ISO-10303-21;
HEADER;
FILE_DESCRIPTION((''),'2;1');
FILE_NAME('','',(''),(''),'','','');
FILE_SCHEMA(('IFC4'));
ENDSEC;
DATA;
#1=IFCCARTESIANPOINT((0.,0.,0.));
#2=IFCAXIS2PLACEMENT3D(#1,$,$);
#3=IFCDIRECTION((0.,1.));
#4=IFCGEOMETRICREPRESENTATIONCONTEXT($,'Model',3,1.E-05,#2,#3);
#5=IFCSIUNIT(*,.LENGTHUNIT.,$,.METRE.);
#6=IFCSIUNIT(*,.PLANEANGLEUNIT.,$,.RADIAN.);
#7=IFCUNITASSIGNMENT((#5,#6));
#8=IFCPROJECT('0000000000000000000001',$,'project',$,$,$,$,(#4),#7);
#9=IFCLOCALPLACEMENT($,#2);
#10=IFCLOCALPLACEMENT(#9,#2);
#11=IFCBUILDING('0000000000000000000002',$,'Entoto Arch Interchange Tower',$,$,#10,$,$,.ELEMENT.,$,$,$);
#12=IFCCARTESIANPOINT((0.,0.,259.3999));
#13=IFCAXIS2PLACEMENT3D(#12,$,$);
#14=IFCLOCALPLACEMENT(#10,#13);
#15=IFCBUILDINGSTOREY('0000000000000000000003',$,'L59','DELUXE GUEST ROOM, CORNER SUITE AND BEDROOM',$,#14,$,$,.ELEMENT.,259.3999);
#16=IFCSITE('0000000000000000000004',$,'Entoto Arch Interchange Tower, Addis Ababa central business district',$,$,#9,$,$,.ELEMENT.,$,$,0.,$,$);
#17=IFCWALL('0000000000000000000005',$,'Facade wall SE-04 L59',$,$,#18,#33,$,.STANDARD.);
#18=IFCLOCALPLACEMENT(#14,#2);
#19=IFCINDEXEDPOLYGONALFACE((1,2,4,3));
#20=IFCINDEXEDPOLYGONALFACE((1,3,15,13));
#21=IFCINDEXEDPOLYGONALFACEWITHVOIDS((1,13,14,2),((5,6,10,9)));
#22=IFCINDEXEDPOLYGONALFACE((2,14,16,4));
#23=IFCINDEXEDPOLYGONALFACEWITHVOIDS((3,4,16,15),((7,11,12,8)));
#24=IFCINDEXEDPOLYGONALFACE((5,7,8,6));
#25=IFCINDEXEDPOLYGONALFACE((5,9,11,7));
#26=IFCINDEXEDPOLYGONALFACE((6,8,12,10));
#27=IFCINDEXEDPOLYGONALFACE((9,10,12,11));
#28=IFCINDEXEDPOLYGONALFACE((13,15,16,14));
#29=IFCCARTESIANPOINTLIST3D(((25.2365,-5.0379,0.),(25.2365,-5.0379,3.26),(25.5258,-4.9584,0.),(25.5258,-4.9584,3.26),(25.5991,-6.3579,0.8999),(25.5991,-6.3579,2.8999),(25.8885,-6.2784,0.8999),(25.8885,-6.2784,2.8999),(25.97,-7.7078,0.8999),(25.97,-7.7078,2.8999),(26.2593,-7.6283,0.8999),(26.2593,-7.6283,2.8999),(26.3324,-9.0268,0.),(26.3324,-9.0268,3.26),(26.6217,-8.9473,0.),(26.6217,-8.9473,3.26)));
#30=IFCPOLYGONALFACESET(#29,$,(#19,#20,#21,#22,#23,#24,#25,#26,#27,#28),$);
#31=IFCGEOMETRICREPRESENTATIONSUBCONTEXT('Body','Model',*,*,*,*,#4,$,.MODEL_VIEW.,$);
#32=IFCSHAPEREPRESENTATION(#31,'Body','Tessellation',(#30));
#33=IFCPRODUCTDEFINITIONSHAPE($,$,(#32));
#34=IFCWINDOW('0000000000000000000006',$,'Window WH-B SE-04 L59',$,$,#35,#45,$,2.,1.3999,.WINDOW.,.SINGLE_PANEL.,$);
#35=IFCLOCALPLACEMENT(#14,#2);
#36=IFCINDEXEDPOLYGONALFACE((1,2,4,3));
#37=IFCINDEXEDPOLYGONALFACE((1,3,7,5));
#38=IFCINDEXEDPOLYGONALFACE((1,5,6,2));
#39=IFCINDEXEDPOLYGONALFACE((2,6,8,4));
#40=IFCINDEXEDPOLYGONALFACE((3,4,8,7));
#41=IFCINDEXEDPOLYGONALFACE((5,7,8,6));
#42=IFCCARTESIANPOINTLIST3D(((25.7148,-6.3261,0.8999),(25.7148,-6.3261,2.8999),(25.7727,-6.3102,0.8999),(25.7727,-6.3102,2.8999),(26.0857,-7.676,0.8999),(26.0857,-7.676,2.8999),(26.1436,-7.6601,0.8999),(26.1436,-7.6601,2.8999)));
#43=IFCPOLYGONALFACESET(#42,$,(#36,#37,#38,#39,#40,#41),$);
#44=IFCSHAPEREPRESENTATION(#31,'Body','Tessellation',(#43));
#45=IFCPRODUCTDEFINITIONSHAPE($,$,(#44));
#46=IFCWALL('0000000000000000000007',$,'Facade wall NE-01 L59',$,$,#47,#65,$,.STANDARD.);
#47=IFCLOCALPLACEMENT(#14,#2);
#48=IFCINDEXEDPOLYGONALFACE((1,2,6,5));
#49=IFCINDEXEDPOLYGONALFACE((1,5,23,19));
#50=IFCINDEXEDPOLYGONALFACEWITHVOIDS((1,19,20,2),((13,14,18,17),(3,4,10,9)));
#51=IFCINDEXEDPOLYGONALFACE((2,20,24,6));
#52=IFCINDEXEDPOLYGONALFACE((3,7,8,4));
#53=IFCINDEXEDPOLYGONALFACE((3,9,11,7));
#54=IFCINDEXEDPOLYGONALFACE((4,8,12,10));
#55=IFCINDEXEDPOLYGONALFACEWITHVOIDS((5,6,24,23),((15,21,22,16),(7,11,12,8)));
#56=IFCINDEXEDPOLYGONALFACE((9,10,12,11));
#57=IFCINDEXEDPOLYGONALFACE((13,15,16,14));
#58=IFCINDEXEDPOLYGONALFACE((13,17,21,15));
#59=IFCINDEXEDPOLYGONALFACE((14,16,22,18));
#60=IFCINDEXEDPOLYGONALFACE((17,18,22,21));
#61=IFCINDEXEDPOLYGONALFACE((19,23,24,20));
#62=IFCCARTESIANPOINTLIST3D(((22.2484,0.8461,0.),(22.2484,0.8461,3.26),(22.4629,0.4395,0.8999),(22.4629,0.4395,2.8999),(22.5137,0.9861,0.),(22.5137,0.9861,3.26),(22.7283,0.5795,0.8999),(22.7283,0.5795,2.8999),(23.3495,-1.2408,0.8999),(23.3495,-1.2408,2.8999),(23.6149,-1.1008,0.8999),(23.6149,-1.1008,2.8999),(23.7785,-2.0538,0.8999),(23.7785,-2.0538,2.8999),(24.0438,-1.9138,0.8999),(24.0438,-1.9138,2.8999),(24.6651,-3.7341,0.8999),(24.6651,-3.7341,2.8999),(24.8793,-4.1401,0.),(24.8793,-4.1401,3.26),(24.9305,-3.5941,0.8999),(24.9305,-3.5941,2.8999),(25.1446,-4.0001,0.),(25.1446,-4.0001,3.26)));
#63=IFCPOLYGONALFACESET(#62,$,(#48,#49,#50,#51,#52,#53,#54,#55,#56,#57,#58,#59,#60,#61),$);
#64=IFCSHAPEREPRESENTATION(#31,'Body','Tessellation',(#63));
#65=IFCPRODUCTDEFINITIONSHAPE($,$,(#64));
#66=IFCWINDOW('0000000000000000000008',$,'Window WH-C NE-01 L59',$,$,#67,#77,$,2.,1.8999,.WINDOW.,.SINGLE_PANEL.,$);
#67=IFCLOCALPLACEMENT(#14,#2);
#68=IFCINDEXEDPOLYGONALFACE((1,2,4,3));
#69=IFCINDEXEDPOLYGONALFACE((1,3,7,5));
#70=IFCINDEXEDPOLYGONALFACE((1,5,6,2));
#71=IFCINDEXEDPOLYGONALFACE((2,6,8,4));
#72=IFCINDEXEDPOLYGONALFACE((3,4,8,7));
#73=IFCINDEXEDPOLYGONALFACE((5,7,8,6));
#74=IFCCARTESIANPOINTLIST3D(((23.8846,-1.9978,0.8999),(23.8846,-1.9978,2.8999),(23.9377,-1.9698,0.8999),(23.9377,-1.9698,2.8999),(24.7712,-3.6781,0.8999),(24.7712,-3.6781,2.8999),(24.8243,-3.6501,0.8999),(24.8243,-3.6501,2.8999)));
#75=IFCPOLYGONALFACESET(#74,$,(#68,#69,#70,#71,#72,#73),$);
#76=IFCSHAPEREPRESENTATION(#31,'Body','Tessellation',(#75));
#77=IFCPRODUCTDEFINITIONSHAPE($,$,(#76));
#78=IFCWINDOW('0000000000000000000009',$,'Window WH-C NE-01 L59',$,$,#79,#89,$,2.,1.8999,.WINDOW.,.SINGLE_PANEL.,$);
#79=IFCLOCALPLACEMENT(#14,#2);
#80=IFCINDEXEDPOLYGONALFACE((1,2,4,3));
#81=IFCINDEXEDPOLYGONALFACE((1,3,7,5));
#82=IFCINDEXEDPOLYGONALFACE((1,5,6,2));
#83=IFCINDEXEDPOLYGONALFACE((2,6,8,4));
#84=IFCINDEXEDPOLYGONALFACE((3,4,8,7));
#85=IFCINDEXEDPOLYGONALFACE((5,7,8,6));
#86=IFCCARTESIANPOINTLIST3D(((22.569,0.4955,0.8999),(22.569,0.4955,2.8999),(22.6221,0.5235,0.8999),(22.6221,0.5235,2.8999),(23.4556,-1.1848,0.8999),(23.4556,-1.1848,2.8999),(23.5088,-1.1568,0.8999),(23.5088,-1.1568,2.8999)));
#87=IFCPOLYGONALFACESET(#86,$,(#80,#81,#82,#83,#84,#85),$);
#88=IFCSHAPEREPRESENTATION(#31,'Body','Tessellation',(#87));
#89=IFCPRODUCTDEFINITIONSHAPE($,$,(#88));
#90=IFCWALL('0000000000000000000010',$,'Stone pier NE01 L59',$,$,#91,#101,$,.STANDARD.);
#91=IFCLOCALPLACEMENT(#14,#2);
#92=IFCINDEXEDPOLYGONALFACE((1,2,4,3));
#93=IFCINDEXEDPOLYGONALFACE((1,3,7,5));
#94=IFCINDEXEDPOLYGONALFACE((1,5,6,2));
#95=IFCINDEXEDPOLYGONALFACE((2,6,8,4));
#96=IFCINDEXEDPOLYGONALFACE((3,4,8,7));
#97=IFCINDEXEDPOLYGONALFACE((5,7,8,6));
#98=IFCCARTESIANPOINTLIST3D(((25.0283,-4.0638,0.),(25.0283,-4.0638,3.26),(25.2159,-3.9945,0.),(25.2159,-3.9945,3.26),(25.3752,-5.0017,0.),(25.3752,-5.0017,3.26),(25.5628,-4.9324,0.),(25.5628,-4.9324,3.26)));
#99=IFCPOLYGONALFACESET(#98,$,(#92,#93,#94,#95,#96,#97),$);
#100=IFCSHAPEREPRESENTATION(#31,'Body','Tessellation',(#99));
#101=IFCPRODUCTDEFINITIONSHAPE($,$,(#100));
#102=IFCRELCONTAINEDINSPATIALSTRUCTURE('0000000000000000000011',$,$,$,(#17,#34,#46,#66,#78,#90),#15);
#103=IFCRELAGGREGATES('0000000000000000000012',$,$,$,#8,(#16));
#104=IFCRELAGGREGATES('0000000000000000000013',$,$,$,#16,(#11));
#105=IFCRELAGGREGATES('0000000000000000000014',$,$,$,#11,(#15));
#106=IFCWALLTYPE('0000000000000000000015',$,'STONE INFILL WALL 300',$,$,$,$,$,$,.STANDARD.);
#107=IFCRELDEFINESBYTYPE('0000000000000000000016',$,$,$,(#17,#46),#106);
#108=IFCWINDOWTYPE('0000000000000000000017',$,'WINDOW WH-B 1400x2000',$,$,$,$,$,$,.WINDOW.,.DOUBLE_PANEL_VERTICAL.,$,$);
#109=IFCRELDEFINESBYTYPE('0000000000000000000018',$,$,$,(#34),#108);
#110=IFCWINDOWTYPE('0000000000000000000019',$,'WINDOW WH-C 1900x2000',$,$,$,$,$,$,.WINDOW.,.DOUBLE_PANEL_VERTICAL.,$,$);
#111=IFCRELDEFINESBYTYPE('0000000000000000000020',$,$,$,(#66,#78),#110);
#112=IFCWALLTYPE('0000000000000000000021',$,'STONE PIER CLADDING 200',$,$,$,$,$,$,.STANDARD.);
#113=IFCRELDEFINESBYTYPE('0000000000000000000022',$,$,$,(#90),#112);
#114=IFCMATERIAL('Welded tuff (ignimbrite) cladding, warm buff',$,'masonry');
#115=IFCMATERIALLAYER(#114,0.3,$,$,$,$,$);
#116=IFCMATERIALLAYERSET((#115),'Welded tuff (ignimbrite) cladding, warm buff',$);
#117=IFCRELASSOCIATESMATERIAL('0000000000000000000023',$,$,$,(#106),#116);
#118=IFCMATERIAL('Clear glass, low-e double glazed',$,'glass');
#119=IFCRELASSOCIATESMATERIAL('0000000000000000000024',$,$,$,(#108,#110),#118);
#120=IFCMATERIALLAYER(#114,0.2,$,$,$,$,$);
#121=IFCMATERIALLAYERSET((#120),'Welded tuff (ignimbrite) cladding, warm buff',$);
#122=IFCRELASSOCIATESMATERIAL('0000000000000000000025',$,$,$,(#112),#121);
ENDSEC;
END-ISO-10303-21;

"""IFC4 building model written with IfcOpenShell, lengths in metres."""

from ifc_helpers import new_model, si_unit, direction, frame, frame_2d, origin, place, context, subcontext, project, spatial, rectangle, extrude, material, layer, layer_set, type_object, element, fill, save


model = new_model("IFC4")

# Units and contexts
model_context = context("Model", 3, precision=1e-05, world=origin(), true_north=direction((0.0, 1.0)))
body_context = subcontext(model_context, "Body", "Model", "MODEL_VIEW")
ifc_project = project(units=[si_unit("LENGTHUNIT", "METRE"), si_unit("PLANEANGLEUNIT", "RADIAN")], contexts=[model_context])

# Site, building, storey
site_placement = place(None, origin())
site = spatial("IfcSite", under=ifc_project, at=site_placement, Name="Entoto Arch Interchange Tower, Addis Ababa central business district", CompositionType="ELEMENT", RefElevation=0.0)
building_placement = place(site_placement, origin())
building = spatial("IfcBuilding", under=site, at=building_placement, Name="Entoto Arch Interchange Tower", CompositionType="ELEMENT")
storey_placement = place(building_placement, frame((0.0, 0.0, 259.3999)))
storey = spatial("IfcBuildingStorey", under=building, at=storey_placement, Name="L59", Description="DELUXE GUEST ROOM, CORNER SUITE AND BEDROOM", CompositionType="ELEMENT", Elevation=259.3999)

# Wall, opening, window
ifc_material_1 = material(Name="Welded tuff (ignimbrite) cladding, warm buff", Category="masonry")
ifc_layer_1 = layer(ifc_material_1, 0.3)
ifc_layer_set_1 = layer_set([ifc_layer_1], Name="Welded tuff (ignimbrite) cladding, warm buff")
wall_type_1 = type_object("IfcWallType", Name="STONE INFILL WALL 300", PredefinedType="STANDARD", material=ifc_layer_set_1)
wall_1_placement = place(storey_placement, frame((26.4771, -8.9871, 0.0), z_axis=(0.0, 0.0, 1.0), x_axis=(-0.264925, 0.964269, 0.0)))
wall_1 = element("IfcWall", 1, at=wall_1_placement, inside=storey, type_object=wall_type_1, Name="Facade wall SE-04 L59", PredefinedType="STANDARD", context=body_context, shape_type="SweptSolid", body=[
    extrude(rectangle(XDim=4.1367, YDim=0.3, at=frame_2d((2.0684, 0.0))), origin(), (0.0, 0.0, 1.0), 3.26),
])
opening_1_placement = place(wall_1_placement, frame((1.3679, 0.0, 0.8999)))
opening_1 = element("IfcOpeningElement", 2, at=opening_1_placement, cuts=wall_1, PredefinedType="OPENING", context=body_context, shape_type="SweptSolid", body=[
    extrude(rectangle(XDim=1.3999, YDim=2.0, at=frame_2d((0.7, 1.0))), frame((0.0, 0.1602, 0.0), z_axis=(0.0, -1.0, 0.0), x_axis=(1.0, 0.0, 0.0)), (0.0, 0.0, 1.0), 0.3201),
])
ifc_material_2 = material(Name="Clear glass, low-e double glazed", Category="glass")
window_type_1 = type_object("IfcWindowType", Name="WINDOW WH-B 1400x2000", PartitioningType="DOUBLE_PANEL_VERTICAL", PredefinedType="WINDOW", material=ifc_material_2)
window_1_placement = place(opening_1_placement, origin())
window_1 = element("IfcWindow", 3, at=window_1_placement, inside=storey, type_object=window_type_1, Name="Window WH-B SE-04 L59", OverallHeight=2.0, OverallWidth=1.3999, PartitioningType="SINGLE_PANEL", PredefinedType="WINDOW", context=body_context, shape_type="SweptSolid", body=[
    extrude(rectangle(XDim=1.3999, YDim=2.0, at=frame_2d((0.7, 1.0))), frame((0.0, 0.03, 0.0), z_axis=(0.0, -1.0, 0.0), x_axis=(1.0, 0.0, 0.0)), (0.0, 0.0, 1.0), 0.0601),
])
fill(opening_1, window_1)

# Wall, openings, windows
wall_2_placement = place(storey_placement, frame((25.012, -4.0701, 0.0), z_axis=(0.0, 0.0, 1.0), x_axis=(-0.466664, 0.884435, 0.0)))
wall_2 = element("IfcWall", 4, at=wall_2_placement, inside=storey, type_object=wall_type_1, Name="Facade wall NE-01 L59", PredefinedType="STANDARD", context=body_context, shape_type="SweptSolid", body=[
    extrude(rectangle(XDim=5.6377, YDim=0.3, at=frame_2d((2.8188, 0.0))), origin(), (0.0, 0.0, 1.0), 3.26),
])
opening_2_placement = place(wall_2_placement, frame((0.459, 0.0, 0.8999)))
opening_2 = element("IfcOpeningElement", 5, at=opening_2_placement, cuts=wall_2, PredefinedType="OPENING", context=body_context, shape_type="SweptSolid", body=[
    extrude(rectangle(XDim=1.8999, YDim=2.0, at=frame_2d((0.95, 1.0))), frame((0.0, 0.1602, 0.0), z_axis=(0.0, -1.0, 0.0), x_axis=(1.0, 0.0, 0.0)), (0.0, 0.0, 1.0), 0.3201),
])
opening_3_placement = place(wall_2_placement, frame((3.2781, 0.0, 0.8999)))
opening_3 = element("IfcOpeningElement", 6, at=opening_3_placement, cuts=wall_2, PredefinedType="OPENING", context=body_context, shape_type="SweptSolid", body=[
    extrude(rectangle(XDim=1.8999, YDim=2.0, at=frame_2d((0.95, 1.0))), frame((0.0, 0.1602, 0.0), z_axis=(0.0, -1.0, 0.0), x_axis=(1.0, 0.0, 0.0)), (0.0, 0.0, 1.0), 0.3201),
])
window_type_2 = type_object("IfcWindowType", Name="WINDOW WH-C 1900x2000", PartitioningType="DOUBLE_PANEL_VERTICAL", PredefinedType="WINDOW", material=ifc_material_2)
window_2_placement = place(opening_2_placement, origin())
window_2 = element("IfcWindow", 7, at=window_2_placement, inside=storey, type_object=window_type_2, Name="Window WH-C NE-01 L59", OverallHeight=2.0, OverallWidth=1.8999, PartitioningType="SINGLE_PANEL", PredefinedType="WINDOW", context=body_context, shape_type="SweptSolid", body=[
    extrude(rectangle(XDim=1.8999, YDim=2.0, at=frame_2d((0.95, 1.0))), frame((0.0, 0.03, 0.0), z_axis=(0.0, -1.0, 0.0), x_axis=(1.0, 0.0, 0.0)), (0.0, 0.0, 1.0), 0.0601),
])
fill(opening_2, window_2)
window_3_placement = place(opening_3_placement, origin())
window_3 = element("IfcWindow", 8, at=window_3_placement, inside=storey, type_object=window_type_2, Name="Window WH-C NE-01 L59", OverallHeight=2.0, OverallWidth=1.8999, PartitioningType="SINGLE_PANEL", PredefinedType="WINDOW", context=body_context, shape_type="SweptSolid", body=[
    extrude(rectangle(XDim=1.8999, YDim=2.0, at=frame_2d((0.95, 1.0))), frame((0.0, 0.03, 0.0), z_axis=(0.0, -1.0, 0.0), x_axis=(1.0, 0.0, 0.0)), (0.0, 0.0, 1.0), 0.0601),
])
fill(opening_3, window_3)

# Wall
ifc_layer_2 = layer(ifc_material_1, 0.2)
ifc_layer_set_2 = layer_set([ifc_layer_2], Name="Welded tuff (ignimbrite) cladding, warm buff")
wall_type_2 = type_object("IfcWallType", Name="STONE PIER CLADDING 200", PredefinedType="STANDARD", material=ifc_layer_set_2)
wall_3_placement = place(storey_placement, frame((25.469, -4.967, 0.0), z_axis=(0.0, 0.0, 1.0), x_axis=(-0.346893, 0.937905, 0.0)))
element("IfcWall", 9, at=wall_3_placement, inside=storey, type_object=wall_type_2, Name="Stone pier NE01 L59", PredefinedType="STANDARD", context=body_context, shape_type="SweptSolid", body=[
    extrude(rectangle(XDim=1.0, YDim=0.2, at=frame_2d((0.5, 0.0))), origin(), (0.0, 0.0, 1.0), 3.26),
])

save(model, "model.ifc")
